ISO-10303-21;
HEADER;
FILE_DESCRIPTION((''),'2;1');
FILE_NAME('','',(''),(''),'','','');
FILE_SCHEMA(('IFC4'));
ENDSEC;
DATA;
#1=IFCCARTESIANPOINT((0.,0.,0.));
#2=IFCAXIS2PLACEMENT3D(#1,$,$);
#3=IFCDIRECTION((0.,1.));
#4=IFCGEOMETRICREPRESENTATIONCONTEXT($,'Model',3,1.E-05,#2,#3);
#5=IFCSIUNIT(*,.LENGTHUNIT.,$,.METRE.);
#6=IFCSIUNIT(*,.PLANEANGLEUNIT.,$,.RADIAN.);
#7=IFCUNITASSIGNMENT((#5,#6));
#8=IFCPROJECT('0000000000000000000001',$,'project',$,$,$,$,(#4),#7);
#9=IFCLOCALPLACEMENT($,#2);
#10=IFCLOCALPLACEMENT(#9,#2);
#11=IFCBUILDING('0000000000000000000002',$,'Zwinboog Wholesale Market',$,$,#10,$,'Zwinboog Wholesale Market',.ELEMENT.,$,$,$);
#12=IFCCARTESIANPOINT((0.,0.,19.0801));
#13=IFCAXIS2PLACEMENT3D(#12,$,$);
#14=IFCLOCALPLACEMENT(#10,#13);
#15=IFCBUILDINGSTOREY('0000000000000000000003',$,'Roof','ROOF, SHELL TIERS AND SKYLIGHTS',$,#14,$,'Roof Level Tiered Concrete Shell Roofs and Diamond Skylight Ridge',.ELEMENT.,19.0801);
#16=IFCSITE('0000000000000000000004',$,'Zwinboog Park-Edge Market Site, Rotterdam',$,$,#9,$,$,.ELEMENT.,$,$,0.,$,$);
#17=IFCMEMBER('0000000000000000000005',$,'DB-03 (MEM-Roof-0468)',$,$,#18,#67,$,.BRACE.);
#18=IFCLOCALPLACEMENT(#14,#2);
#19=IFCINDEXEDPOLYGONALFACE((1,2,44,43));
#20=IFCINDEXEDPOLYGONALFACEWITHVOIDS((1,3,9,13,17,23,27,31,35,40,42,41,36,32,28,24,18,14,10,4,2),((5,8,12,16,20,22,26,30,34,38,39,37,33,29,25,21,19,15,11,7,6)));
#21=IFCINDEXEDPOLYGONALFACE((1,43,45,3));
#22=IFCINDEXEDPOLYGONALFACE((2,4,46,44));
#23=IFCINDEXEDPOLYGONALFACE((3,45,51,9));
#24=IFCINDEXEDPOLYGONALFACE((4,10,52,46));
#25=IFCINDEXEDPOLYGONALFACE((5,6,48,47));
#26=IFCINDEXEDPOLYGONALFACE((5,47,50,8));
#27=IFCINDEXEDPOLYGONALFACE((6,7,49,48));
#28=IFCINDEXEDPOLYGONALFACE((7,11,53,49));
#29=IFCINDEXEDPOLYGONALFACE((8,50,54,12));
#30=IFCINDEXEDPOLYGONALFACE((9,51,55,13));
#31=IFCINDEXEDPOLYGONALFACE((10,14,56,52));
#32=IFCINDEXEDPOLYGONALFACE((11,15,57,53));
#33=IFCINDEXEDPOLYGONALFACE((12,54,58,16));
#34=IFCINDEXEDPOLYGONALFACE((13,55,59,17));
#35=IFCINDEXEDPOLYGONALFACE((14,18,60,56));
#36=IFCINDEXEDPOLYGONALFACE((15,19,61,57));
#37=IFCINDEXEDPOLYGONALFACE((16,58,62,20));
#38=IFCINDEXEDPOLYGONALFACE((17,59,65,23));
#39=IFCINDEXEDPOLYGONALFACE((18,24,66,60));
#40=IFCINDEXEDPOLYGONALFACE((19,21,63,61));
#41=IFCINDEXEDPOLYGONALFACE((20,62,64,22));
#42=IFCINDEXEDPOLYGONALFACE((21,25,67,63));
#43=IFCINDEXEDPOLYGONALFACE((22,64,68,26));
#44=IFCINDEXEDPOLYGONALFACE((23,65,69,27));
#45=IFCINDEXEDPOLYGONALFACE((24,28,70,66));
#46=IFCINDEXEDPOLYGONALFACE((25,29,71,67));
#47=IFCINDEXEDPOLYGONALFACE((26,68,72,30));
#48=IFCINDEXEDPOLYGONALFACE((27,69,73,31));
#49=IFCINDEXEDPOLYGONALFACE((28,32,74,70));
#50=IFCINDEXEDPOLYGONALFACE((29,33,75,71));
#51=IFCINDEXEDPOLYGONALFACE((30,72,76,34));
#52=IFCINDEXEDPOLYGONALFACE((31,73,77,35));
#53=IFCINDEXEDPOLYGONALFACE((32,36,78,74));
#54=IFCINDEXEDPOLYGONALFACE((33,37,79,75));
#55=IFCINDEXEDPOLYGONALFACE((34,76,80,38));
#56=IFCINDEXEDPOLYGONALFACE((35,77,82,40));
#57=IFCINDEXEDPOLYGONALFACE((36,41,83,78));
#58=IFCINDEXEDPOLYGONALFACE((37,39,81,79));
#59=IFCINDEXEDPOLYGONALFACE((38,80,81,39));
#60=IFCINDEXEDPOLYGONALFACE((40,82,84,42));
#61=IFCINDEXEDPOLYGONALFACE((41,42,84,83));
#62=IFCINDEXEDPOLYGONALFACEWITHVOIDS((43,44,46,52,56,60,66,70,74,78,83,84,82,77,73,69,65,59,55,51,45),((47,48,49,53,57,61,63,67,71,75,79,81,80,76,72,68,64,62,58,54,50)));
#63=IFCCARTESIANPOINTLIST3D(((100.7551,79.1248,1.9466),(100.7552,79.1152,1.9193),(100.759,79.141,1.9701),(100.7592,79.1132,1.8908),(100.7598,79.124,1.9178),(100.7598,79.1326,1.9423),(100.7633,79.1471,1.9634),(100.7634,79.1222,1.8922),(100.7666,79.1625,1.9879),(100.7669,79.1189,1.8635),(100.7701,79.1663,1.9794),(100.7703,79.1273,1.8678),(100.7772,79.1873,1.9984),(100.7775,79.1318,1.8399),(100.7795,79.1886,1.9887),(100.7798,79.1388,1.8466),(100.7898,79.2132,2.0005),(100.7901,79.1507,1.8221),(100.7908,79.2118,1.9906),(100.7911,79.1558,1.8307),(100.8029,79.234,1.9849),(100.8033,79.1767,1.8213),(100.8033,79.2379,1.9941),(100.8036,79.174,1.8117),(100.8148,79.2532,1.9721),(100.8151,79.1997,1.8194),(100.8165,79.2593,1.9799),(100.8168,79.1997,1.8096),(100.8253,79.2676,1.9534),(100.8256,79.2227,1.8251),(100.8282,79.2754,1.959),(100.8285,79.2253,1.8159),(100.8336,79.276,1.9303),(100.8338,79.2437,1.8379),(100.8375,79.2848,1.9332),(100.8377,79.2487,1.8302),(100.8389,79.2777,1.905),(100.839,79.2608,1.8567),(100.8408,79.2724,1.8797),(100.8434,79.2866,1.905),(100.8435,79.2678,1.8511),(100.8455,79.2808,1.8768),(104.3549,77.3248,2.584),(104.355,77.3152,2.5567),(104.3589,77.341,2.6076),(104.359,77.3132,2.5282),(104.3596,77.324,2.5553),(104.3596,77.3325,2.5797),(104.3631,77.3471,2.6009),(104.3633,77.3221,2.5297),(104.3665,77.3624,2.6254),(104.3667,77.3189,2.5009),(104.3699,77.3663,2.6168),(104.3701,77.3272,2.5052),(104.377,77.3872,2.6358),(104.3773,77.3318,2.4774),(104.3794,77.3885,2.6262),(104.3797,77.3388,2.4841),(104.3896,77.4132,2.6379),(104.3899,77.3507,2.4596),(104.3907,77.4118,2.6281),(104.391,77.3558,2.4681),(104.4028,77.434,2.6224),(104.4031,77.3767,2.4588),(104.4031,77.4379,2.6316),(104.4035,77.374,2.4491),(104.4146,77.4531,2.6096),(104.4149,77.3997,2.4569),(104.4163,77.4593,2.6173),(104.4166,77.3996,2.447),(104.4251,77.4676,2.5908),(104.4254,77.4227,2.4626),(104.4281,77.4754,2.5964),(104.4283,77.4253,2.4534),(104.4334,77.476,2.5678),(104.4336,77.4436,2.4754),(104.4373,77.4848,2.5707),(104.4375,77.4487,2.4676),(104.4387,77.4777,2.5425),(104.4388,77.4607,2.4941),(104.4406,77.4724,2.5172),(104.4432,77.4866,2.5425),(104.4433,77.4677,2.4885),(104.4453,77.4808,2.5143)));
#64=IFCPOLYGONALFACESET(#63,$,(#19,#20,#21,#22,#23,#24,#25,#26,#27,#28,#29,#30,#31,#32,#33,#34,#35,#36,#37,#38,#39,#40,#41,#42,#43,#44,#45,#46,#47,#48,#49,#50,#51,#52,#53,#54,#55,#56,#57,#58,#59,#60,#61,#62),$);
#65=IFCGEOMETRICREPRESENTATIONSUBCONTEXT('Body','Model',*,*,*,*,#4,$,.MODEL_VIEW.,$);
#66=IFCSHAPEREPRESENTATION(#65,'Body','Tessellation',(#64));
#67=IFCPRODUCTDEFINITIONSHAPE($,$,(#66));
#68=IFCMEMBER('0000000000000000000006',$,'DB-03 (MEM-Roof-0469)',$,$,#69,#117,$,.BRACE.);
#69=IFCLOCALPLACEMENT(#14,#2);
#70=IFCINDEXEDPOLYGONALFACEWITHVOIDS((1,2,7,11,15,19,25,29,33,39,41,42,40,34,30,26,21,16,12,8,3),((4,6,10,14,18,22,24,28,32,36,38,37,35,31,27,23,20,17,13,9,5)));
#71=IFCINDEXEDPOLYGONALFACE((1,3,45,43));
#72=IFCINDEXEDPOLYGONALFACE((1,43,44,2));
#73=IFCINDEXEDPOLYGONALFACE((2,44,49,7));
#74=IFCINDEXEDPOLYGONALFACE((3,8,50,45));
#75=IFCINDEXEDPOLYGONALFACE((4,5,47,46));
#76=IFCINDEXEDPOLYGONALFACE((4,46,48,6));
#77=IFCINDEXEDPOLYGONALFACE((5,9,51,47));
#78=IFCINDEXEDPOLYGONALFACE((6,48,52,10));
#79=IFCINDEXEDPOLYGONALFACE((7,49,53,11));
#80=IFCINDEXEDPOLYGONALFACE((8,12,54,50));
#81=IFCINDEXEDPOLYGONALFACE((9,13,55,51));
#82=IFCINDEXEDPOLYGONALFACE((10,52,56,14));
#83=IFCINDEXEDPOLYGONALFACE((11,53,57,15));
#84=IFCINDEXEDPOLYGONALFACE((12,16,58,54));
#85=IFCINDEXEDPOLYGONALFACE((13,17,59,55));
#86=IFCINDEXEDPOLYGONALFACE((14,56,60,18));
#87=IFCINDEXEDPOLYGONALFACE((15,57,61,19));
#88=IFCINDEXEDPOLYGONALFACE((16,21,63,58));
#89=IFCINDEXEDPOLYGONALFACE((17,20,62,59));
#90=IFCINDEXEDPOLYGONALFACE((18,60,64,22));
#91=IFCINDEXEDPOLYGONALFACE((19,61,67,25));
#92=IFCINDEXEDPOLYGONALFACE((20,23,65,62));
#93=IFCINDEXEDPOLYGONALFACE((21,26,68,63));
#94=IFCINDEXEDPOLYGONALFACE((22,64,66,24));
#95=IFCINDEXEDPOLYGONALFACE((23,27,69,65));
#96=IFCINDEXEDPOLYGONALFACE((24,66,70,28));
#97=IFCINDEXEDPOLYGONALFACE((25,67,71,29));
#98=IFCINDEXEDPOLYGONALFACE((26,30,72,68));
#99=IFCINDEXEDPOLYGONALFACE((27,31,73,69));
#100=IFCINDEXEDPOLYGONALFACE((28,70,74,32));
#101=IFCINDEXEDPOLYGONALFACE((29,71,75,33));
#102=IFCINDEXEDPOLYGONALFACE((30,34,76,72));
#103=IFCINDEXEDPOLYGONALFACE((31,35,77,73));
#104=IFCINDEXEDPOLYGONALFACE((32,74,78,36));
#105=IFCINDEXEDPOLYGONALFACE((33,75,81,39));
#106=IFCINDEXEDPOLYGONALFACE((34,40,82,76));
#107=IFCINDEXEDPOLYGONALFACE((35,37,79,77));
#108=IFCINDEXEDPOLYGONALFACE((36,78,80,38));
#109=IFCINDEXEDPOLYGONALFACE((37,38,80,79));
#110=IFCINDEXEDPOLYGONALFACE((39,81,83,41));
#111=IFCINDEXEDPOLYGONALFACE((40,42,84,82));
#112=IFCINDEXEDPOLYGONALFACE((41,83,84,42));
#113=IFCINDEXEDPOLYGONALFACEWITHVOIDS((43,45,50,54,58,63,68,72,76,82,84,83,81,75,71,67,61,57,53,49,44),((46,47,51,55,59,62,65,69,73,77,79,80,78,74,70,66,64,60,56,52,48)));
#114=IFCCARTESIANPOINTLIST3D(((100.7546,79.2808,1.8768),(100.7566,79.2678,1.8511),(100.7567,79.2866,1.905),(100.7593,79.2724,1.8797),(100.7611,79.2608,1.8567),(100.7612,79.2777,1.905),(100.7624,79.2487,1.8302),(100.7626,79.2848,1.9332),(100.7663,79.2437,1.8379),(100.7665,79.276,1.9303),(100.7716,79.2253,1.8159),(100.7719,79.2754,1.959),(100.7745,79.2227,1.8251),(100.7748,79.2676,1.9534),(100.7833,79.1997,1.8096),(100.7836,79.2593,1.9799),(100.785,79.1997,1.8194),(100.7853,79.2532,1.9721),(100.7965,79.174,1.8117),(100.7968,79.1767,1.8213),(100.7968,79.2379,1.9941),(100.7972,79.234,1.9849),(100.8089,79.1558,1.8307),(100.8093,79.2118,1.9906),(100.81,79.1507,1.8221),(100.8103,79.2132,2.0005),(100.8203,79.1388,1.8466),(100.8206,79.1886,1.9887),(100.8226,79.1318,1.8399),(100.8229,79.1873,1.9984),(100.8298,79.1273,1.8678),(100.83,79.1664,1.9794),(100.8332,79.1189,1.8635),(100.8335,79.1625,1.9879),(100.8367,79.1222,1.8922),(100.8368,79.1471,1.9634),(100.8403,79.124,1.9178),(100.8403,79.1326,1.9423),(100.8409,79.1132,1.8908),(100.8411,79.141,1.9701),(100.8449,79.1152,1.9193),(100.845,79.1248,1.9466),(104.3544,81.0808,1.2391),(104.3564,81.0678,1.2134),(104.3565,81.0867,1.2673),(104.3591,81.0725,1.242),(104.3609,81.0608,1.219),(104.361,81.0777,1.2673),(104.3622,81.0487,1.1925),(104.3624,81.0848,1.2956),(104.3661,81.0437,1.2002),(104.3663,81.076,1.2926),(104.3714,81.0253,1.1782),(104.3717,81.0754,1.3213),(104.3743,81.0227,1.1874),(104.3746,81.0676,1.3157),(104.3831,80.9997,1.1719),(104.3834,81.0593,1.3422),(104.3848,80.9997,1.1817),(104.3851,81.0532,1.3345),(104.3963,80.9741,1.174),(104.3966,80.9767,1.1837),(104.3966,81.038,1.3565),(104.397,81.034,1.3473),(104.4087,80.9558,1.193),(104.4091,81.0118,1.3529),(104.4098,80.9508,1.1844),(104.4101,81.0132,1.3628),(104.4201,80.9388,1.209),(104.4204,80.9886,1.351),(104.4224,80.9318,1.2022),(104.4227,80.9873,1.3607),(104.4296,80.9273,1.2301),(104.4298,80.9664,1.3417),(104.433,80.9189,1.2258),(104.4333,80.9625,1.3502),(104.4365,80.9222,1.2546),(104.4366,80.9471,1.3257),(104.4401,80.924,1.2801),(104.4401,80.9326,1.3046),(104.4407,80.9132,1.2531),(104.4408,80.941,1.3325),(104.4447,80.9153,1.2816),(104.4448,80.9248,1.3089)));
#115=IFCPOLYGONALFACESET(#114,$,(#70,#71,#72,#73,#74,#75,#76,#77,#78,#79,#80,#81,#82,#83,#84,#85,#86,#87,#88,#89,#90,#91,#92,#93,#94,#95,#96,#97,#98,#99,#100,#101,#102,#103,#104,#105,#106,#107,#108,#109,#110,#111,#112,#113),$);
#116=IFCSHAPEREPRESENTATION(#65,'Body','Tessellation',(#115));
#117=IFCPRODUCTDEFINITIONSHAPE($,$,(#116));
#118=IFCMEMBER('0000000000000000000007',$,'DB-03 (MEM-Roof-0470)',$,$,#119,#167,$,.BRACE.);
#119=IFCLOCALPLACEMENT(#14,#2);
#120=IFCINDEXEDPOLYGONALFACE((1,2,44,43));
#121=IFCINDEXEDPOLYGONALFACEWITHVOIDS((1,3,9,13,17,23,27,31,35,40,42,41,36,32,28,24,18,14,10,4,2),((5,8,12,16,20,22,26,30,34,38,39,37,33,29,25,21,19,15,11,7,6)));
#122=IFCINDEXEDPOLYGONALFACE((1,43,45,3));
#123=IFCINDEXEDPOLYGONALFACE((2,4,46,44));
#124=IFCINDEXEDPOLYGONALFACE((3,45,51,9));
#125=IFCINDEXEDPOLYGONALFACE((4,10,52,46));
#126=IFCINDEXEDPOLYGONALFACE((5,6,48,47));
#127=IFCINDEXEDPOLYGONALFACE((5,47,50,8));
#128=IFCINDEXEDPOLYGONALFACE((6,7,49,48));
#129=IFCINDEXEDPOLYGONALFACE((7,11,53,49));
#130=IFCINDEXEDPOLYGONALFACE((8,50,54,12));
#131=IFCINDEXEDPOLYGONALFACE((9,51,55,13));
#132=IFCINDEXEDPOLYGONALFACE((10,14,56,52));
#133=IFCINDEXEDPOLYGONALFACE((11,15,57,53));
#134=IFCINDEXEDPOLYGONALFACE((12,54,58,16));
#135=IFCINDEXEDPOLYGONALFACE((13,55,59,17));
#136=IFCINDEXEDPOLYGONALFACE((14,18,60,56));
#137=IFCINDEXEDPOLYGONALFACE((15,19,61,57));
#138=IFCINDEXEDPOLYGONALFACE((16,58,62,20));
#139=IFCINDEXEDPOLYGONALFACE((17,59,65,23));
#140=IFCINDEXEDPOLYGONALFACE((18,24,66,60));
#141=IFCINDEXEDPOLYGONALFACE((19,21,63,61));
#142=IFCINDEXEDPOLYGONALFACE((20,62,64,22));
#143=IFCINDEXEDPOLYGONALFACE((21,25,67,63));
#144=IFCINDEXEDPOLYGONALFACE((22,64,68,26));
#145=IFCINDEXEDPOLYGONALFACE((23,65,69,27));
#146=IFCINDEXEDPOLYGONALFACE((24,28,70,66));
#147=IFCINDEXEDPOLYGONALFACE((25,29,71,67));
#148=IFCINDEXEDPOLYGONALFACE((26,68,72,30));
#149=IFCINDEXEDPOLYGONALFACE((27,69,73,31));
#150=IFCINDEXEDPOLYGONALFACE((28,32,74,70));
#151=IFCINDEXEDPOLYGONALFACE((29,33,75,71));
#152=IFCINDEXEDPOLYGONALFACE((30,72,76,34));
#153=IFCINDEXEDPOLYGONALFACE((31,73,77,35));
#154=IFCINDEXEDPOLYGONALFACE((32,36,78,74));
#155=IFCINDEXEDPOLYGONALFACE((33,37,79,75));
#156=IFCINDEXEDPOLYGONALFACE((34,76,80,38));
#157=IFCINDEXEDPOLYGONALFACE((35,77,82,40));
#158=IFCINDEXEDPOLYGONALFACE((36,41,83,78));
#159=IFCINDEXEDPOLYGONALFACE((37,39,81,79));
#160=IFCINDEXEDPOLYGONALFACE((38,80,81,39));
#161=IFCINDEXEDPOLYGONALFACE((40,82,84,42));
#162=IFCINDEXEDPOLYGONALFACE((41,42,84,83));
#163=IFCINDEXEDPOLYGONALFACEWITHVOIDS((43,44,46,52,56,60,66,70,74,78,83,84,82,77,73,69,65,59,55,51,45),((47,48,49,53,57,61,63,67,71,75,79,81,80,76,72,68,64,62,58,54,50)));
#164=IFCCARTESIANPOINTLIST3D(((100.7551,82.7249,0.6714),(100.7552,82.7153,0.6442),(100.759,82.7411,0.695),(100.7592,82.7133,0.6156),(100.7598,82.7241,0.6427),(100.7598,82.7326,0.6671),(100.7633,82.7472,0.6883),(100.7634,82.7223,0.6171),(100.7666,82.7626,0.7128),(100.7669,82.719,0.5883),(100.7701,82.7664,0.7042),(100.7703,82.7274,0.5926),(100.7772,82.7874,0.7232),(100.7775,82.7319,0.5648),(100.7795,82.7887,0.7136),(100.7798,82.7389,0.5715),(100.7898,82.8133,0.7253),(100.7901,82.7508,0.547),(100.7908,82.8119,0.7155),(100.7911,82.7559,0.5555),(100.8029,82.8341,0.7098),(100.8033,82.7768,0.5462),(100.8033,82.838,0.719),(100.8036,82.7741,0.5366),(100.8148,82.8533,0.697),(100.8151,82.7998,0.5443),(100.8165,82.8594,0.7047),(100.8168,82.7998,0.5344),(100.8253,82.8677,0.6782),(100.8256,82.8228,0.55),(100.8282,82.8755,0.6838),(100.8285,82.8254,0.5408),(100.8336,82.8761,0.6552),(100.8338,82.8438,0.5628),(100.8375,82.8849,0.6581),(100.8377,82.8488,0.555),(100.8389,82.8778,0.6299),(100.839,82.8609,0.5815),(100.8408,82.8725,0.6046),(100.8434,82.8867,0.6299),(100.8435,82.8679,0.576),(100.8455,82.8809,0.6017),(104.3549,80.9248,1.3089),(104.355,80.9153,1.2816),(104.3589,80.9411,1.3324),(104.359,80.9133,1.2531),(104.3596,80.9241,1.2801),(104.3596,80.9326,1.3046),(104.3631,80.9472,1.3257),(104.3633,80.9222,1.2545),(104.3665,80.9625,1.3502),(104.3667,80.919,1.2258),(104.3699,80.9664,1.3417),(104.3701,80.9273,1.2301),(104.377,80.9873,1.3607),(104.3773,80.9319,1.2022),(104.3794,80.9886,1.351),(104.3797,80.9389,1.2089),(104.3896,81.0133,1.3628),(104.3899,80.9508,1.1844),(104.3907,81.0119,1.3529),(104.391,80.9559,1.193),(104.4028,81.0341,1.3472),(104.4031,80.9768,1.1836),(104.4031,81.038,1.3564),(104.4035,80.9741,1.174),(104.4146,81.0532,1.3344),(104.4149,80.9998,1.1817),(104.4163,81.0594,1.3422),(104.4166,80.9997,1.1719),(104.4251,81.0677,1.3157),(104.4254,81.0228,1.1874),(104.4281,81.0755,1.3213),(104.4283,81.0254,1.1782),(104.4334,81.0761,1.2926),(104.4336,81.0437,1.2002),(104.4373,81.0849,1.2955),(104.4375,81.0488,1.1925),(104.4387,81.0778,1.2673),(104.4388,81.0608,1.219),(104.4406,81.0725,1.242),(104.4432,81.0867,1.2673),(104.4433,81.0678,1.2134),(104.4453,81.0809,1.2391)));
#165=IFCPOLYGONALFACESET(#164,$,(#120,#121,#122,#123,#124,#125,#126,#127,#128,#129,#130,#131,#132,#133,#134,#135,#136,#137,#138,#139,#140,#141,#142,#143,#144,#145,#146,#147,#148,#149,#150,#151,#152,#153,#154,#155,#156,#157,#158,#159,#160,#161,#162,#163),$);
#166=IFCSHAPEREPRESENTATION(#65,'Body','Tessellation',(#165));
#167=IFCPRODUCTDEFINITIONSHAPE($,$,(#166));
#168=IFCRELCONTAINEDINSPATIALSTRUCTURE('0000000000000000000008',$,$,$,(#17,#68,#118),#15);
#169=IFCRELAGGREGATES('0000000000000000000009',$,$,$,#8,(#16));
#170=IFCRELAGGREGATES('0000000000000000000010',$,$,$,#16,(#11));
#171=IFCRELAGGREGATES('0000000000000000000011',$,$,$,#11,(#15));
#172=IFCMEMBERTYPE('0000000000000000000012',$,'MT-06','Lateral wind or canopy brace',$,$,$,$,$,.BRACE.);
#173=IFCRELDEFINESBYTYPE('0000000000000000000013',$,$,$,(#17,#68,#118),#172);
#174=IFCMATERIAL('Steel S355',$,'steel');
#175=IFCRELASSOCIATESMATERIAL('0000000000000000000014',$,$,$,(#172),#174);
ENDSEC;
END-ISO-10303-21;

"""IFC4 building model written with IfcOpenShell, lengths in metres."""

from ifc_helpers import new_model, si_unit, direction, frame, origin, origin_2d, place, context, subcontext, project, spatial, hollow_circle, extrude, material, material_profile, profile_set, type_object, element, save


model = new_model("IFC4")

# Units and contexts
model_context = context("Model", 3, precision=1e-05, world=origin(), true_north=direction((0.0, 1.0)))
body_context = subcontext(model_context, "Body", "Model", "MODEL_VIEW")
ifc_project = project(units=[si_unit("LENGTHUNIT", "METRE"), si_unit("PLANEANGLEUNIT", "RADIAN")], contexts=[model_context])

# Site, building, storey
site_placement = place(None, origin())
site = spatial("IfcSite", under=ifc_project, at=site_placement, Name="Zwinboog Park-Edge Market Site, Rotterdam", CompositionType="ELEMENT", RefElevation=0.0)
building_placement = place(site_placement, origin())
building = spatial("IfcBuilding", under=site, at=building_placement, Name="Zwinboog Wholesale Market", LongName="Zwinboog Wholesale Market", CompositionType="ELEMENT")
storey_placement = place(building_placement, frame((0.0, 0.0, 19.0801)))
storey = spatial("IfcBuildingStorey", under=building, at=storey_placement, Name="Roof", Description="ROOF, SHELL TIERS AND SKYLIGHTS", LongName="Roof Level Tiered Concrete Shell Roofs and Diamond Skylight Ridge", CompositionType="ELEMENT", Elevation=19.0801)

# Members
ifc_material_1 = material(Name="Steel S355", Category="steel")
ifc_material_profile_1 = material_profile(ifc_material_1, hollow_circle(Radius=0.0969, WallThickness=0.01, at=origin_2d()), Name="CHS 193.7x10")
ifc_profile_set_1 = profile_set([ifc_material_profile_1], Name="Steel S355")
member_type_1 = type_object("IfcMemberType", Name="MT-06", Description="Lateral wind or canopy brace", PredefinedType="BRACE", material=ifc_profile_set_1)
for number, where, z_axis, x_axis, name in (
    (1, (100.8, 79.2, 1.905), (0.883404, -0.441732, 0.15643), (0.447238, 0.894415, 0.0), "DB-03 (MEM-Roof-0468)"),
    (2, (100.8, 79.2, 1.905), (0.883396, 0.441728, -0.156489), (-0.447238, 0.894415, 0.0), "DB-03 (MEM-Roof-0469)"),
    (3, (100.8, 82.8, 0.6299), (0.883404, -0.441732, 0.15643), (0.447238, 0.894415, 0.0), "DB-03 (MEM-Roof-0470)"),
):
    element("IfcMember", number, at=place(storey_placement, frame(where, z_axis=z_axis, x_axis=x_axis)), inside=storey, type_object=member_type_1, Name=name, PredefinedType="BRACE", context=body_context, shape_type="SweptSolid", body=[
        extrude(hollow_circle(Radius=0.0969, WallThickness=0.01, at=origin_2d()), origin(), (0.0, 0.0, 1.0), 4.075),
    ])

save(model, "model.ifc")
